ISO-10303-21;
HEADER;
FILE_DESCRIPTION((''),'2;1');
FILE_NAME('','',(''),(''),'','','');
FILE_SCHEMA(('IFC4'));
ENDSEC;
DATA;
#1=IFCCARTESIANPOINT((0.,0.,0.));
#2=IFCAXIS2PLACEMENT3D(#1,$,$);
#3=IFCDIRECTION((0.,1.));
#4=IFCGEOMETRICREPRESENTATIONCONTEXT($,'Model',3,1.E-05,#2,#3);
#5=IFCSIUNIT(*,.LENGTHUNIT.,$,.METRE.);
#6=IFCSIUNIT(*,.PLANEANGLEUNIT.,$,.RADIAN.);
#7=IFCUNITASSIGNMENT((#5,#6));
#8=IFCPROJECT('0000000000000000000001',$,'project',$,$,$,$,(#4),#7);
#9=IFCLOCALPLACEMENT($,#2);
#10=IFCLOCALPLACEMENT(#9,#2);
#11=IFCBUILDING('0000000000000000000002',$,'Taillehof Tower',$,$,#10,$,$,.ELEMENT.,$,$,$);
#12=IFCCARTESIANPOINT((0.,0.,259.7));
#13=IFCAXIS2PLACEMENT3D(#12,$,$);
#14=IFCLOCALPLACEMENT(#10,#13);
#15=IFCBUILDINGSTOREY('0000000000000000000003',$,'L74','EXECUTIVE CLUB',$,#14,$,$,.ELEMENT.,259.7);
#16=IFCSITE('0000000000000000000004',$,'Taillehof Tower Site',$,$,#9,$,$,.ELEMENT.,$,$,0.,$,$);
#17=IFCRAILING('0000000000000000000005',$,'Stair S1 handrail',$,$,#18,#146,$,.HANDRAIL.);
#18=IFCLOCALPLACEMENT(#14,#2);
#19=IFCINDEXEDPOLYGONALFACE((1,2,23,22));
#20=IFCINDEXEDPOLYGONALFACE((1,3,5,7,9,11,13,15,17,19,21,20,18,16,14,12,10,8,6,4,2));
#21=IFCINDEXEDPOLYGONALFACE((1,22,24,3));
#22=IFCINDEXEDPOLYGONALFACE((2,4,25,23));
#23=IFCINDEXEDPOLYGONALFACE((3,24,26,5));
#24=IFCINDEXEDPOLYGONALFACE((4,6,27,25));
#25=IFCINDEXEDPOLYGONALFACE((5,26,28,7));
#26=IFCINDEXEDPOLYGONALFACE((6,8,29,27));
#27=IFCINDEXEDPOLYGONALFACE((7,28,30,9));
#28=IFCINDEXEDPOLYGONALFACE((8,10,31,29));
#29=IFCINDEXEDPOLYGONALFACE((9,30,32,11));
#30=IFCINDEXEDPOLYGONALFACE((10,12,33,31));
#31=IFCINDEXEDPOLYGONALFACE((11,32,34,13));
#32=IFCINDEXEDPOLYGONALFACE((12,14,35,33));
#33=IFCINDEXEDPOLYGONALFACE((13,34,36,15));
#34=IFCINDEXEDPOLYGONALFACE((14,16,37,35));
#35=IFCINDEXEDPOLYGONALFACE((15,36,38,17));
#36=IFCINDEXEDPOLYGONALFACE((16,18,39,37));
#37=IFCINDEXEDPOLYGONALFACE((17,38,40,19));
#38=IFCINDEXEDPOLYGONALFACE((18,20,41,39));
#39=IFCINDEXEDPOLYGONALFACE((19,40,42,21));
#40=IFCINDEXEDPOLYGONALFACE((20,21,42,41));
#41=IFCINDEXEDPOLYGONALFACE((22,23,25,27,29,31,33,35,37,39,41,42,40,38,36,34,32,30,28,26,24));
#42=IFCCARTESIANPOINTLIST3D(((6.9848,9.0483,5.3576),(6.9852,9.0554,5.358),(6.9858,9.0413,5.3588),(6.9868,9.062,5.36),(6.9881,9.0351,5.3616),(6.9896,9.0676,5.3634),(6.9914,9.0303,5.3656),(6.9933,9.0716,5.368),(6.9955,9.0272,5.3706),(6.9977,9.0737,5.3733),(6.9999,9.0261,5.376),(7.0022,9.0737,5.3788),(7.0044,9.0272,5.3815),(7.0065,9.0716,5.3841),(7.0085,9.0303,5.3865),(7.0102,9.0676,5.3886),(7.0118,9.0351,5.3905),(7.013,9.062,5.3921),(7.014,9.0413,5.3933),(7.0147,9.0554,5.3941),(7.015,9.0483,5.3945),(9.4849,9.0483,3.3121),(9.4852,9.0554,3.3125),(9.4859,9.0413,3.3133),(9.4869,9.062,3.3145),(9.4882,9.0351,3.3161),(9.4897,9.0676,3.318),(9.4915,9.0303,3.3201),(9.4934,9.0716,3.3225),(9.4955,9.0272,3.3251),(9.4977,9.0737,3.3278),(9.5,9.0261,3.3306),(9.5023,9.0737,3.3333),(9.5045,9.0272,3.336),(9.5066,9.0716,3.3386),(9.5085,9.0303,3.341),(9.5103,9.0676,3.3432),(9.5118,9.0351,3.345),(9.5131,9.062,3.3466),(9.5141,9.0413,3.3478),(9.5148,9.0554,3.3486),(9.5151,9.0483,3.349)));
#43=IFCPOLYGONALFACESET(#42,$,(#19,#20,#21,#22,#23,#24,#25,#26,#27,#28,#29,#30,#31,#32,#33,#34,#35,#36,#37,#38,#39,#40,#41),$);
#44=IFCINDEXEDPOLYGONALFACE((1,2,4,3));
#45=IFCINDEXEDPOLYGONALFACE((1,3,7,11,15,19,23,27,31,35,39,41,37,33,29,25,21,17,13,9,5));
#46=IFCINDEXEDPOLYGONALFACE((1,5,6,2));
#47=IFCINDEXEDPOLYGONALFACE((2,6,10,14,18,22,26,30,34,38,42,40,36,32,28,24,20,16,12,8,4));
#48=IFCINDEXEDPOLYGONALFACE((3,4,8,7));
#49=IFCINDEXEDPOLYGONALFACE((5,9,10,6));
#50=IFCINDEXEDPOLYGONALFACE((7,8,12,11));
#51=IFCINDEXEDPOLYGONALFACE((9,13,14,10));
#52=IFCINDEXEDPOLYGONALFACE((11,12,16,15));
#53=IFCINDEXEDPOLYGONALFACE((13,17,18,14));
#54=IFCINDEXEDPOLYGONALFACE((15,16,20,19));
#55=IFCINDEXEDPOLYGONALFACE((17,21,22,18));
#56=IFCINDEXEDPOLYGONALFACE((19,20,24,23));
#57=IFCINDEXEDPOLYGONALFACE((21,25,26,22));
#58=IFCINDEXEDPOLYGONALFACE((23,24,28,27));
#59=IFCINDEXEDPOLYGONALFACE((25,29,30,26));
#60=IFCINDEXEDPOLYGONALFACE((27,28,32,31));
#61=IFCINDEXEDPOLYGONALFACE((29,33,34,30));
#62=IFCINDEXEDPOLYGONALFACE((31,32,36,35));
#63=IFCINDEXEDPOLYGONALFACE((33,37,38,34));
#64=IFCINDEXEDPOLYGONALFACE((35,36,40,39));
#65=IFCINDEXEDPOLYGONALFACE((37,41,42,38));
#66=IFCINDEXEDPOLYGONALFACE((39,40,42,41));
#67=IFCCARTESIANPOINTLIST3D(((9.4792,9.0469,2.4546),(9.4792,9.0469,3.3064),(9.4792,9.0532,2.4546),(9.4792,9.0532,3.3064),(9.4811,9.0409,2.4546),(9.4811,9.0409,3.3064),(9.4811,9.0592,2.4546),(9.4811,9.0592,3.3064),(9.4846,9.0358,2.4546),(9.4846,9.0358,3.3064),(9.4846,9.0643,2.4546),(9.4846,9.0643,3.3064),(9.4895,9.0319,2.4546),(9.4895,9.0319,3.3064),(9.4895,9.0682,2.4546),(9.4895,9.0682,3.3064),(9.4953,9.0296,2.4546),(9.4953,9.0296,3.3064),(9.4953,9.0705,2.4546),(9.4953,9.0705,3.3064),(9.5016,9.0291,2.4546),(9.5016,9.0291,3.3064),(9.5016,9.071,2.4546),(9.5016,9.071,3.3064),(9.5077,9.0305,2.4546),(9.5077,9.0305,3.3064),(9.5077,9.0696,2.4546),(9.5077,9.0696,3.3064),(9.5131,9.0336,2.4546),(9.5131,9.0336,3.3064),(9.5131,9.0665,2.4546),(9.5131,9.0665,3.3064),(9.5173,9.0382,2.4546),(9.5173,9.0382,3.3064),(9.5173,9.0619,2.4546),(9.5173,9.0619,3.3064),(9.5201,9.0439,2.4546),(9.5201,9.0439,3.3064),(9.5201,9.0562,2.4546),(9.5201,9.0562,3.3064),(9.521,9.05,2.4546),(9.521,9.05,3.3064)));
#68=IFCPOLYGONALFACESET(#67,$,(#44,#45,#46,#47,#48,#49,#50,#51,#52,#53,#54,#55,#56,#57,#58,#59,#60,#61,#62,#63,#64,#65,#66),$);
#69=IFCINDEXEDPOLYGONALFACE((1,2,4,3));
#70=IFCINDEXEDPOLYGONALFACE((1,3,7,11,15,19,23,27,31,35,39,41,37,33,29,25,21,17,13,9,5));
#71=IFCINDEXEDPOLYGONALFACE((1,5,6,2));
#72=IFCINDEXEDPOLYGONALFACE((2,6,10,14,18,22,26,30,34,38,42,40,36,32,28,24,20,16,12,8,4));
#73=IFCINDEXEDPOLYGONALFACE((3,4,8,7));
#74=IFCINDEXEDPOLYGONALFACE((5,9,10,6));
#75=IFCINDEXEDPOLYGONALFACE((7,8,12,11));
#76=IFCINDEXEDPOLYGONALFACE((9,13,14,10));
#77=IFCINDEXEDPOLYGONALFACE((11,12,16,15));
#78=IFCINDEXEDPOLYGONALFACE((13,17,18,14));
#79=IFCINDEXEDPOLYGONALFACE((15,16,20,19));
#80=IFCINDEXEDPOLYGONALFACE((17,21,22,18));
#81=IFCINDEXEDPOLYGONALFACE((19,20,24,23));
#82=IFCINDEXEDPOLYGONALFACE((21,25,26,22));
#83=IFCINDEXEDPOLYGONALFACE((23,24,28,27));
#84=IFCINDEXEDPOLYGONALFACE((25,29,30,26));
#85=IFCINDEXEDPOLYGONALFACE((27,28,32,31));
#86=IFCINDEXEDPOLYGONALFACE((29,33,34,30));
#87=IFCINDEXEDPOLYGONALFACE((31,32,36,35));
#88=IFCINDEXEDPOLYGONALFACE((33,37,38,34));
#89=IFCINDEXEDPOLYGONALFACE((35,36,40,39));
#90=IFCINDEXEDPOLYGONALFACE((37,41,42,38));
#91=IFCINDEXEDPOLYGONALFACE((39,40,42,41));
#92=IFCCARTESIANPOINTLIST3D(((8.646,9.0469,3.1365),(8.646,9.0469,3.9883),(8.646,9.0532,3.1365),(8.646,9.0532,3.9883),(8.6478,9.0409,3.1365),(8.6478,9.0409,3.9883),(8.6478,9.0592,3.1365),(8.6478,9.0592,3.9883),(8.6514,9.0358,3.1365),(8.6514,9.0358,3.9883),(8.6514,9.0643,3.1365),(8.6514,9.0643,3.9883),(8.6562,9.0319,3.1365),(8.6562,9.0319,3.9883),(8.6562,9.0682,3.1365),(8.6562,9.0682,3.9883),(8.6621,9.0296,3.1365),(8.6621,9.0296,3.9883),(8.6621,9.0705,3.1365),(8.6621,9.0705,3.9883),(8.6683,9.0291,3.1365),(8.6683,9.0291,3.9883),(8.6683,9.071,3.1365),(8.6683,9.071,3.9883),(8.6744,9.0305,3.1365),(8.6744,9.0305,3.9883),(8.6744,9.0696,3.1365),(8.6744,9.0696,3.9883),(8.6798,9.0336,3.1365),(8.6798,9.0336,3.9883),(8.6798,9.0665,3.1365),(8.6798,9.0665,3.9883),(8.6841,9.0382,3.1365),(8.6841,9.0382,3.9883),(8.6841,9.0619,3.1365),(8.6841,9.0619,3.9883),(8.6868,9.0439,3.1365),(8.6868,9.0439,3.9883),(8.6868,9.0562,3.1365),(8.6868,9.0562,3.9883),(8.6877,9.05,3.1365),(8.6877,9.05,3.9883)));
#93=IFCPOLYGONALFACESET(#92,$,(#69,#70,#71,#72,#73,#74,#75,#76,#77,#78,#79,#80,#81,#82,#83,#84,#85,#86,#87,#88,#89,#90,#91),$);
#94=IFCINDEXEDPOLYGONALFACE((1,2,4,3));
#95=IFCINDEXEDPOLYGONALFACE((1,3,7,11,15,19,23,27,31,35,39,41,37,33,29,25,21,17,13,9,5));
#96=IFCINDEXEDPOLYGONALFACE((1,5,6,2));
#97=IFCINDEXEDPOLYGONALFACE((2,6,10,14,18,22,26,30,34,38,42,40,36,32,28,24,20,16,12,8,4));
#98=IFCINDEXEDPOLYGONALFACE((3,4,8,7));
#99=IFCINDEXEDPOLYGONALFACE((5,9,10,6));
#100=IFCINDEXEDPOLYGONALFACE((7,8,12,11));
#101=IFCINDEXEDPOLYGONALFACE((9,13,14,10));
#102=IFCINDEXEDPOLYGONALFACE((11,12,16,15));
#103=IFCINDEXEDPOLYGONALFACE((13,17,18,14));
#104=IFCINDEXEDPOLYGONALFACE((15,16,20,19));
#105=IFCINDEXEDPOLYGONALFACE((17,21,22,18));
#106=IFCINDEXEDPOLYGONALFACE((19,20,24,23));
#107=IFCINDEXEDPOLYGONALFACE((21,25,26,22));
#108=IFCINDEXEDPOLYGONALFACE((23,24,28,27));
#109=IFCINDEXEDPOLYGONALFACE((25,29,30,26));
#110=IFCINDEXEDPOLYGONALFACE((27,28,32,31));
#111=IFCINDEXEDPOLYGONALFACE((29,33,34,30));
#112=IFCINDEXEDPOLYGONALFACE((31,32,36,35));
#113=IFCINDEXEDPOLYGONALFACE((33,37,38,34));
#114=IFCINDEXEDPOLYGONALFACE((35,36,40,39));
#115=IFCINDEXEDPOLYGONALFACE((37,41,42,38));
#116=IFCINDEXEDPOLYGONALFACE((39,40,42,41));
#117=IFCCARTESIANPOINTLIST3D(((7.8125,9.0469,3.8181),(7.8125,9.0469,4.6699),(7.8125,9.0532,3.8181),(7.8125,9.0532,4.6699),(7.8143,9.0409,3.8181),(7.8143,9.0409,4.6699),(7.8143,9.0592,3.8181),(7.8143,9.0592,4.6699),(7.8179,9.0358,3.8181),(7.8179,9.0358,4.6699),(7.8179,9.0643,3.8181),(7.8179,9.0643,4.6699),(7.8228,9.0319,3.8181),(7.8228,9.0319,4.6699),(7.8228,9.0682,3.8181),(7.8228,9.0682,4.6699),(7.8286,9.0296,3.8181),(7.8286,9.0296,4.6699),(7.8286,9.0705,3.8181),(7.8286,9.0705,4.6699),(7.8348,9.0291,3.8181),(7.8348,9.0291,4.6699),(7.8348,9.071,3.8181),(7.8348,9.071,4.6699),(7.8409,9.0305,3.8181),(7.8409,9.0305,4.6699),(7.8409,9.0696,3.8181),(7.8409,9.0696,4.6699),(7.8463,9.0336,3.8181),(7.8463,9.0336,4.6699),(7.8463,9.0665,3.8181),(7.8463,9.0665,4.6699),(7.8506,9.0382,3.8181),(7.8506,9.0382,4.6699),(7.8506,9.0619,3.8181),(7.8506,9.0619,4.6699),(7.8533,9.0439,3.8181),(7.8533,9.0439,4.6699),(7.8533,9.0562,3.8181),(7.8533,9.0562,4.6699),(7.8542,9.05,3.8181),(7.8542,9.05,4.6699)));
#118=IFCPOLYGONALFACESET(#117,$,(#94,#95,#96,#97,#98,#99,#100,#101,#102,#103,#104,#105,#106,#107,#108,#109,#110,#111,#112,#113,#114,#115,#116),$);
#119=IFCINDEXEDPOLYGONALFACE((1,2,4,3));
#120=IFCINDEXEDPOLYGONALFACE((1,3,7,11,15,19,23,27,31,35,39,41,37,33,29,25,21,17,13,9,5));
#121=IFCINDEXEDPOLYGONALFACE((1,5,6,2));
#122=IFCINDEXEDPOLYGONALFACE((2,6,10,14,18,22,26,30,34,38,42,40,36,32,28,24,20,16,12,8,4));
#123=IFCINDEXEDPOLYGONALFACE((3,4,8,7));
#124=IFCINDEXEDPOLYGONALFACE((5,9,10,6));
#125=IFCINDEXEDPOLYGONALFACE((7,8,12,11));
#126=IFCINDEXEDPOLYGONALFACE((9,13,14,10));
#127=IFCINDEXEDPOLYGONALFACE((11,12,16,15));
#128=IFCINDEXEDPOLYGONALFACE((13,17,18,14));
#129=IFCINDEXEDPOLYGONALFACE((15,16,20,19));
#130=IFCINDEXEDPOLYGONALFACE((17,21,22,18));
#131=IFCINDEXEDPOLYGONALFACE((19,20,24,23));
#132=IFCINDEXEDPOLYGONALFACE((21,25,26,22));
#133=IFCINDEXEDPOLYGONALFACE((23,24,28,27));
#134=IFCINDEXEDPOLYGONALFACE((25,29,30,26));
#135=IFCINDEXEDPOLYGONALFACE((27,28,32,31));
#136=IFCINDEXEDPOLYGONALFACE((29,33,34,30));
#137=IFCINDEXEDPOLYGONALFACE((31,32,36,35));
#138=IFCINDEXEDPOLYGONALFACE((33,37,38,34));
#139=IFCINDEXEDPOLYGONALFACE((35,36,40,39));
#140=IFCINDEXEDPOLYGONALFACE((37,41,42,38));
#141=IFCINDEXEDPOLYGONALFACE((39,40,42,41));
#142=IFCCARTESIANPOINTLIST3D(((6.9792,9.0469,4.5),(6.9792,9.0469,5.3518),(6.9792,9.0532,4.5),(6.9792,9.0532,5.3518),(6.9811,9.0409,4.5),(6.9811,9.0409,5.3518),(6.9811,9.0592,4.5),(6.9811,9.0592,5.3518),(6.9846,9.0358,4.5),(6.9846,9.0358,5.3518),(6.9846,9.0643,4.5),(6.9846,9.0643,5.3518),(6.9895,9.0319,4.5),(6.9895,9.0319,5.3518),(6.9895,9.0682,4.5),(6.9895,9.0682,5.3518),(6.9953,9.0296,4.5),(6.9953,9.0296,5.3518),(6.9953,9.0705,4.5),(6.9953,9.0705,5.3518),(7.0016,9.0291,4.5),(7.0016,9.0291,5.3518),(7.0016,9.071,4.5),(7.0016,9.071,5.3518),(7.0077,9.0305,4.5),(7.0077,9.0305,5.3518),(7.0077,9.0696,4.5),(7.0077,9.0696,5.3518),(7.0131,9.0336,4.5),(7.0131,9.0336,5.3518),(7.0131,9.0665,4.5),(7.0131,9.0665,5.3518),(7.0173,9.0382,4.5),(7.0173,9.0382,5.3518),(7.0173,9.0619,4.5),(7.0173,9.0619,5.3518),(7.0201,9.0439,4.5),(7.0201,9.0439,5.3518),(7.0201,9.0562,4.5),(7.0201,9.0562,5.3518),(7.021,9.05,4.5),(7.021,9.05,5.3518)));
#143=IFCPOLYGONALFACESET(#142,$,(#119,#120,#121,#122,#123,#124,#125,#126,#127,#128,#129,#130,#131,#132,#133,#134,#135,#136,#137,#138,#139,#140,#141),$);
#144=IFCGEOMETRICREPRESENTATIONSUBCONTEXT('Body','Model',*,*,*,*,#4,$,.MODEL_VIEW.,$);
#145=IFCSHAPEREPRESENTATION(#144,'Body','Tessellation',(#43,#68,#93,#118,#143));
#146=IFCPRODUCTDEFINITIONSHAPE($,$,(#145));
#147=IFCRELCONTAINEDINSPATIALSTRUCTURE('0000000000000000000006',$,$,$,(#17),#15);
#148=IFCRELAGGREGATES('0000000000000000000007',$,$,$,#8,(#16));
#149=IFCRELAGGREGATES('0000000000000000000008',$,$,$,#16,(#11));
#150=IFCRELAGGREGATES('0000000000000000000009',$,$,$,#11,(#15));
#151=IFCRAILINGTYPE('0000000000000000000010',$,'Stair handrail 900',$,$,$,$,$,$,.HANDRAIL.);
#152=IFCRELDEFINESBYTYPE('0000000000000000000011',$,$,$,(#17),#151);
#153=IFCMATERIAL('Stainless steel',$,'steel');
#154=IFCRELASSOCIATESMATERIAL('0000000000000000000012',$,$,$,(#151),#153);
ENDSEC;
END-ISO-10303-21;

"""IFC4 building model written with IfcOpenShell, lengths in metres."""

from ifc_helpers import new_model, si_unit, direction, frame, origin, origin_2d, place, context, subcontext, project, spatial, circle, extrude, material, type_object, element, save


model = new_model("IFC4")

# Units and contexts
model_context = context("Model", 3, precision=1e-05, world=origin(), true_north=direction((0.0, 1.0)))
body_context = subcontext(model_context, "Body", "Model", "MODEL_VIEW")
ifc_project = project(units=[si_unit("LENGTHUNIT", "METRE"), si_unit("PLANEANGLEUNIT", "RADIAN")], contexts=[model_context])

# Site, building, storey
site_placement = place(None, origin())
site = spatial("IfcSite", under=ifc_project, at=site_placement, Name="Taillehof Tower Site", CompositionType="ELEMENT", RefElevation=0.0)
building_placement = place(site_placement, origin())
building = spatial("IfcBuilding", under=site, at=building_placement, Name="Taillehof Tower", CompositionType="ELEMENT")
storey_placement = place(building_placement, frame((0.0, 0.0, 259.7)))
storey = spatial("IfcBuildingStorey", under=building, at=storey_placement, Name="L74", Description="EXECUTIVE CLUB", CompositionType="ELEMENT", Elevation=259.7)

# Railing
ifc_material_1 = material(Name="Stainless steel", Category="steel")
railing_type = type_object("IfcRailingType", Name="Stair handrail 900", PredefinedType="HANDRAIL", material=ifc_material_1)
railing_1_placement = place(storey_placement, frame((9.5, 9.05, 2.4546)))
element("IfcRailing", 1, at=railing_1_placement, inside=storey, type_object=railing_type, Name="Stair S1 handrail", PredefinedType="HANDRAIL", context=body_context, shape_type="SweptSolid", body=[
    extrude(circle(Radius=0.0239, at=origin_2d()), frame((0.0, 0.0, 0.876), z_axis=(-0.773964, 0.0, 0.63323), x_axis=(0.0, -1.0, 0.0)), (0.0, 0.0, 1.0), 3.2302),
    extrude(circle(Radius=0.021, at=origin_2d()), origin(), (0.0, 0.0, 1.0), 0.8518),
    extrude(circle(Radius=0.021, at=origin_2d()), frame((-0.8333, 0.0, 0.6819)), (0.0, 0.0, 1.0), 0.8518),
    extrude(circle(Radius=0.021, at=origin_2d()), frame((-1.6667, 0.0, 1.3635)), (0.0, 0.0, 1.0), 0.8518),
    extrude(circle(Radius=0.021, at=origin_2d()), frame((-2.5, 0.0, 2.0454)), (0.0, 0.0, 1.0), 0.8518),
])

save(model, "model.ifc")
